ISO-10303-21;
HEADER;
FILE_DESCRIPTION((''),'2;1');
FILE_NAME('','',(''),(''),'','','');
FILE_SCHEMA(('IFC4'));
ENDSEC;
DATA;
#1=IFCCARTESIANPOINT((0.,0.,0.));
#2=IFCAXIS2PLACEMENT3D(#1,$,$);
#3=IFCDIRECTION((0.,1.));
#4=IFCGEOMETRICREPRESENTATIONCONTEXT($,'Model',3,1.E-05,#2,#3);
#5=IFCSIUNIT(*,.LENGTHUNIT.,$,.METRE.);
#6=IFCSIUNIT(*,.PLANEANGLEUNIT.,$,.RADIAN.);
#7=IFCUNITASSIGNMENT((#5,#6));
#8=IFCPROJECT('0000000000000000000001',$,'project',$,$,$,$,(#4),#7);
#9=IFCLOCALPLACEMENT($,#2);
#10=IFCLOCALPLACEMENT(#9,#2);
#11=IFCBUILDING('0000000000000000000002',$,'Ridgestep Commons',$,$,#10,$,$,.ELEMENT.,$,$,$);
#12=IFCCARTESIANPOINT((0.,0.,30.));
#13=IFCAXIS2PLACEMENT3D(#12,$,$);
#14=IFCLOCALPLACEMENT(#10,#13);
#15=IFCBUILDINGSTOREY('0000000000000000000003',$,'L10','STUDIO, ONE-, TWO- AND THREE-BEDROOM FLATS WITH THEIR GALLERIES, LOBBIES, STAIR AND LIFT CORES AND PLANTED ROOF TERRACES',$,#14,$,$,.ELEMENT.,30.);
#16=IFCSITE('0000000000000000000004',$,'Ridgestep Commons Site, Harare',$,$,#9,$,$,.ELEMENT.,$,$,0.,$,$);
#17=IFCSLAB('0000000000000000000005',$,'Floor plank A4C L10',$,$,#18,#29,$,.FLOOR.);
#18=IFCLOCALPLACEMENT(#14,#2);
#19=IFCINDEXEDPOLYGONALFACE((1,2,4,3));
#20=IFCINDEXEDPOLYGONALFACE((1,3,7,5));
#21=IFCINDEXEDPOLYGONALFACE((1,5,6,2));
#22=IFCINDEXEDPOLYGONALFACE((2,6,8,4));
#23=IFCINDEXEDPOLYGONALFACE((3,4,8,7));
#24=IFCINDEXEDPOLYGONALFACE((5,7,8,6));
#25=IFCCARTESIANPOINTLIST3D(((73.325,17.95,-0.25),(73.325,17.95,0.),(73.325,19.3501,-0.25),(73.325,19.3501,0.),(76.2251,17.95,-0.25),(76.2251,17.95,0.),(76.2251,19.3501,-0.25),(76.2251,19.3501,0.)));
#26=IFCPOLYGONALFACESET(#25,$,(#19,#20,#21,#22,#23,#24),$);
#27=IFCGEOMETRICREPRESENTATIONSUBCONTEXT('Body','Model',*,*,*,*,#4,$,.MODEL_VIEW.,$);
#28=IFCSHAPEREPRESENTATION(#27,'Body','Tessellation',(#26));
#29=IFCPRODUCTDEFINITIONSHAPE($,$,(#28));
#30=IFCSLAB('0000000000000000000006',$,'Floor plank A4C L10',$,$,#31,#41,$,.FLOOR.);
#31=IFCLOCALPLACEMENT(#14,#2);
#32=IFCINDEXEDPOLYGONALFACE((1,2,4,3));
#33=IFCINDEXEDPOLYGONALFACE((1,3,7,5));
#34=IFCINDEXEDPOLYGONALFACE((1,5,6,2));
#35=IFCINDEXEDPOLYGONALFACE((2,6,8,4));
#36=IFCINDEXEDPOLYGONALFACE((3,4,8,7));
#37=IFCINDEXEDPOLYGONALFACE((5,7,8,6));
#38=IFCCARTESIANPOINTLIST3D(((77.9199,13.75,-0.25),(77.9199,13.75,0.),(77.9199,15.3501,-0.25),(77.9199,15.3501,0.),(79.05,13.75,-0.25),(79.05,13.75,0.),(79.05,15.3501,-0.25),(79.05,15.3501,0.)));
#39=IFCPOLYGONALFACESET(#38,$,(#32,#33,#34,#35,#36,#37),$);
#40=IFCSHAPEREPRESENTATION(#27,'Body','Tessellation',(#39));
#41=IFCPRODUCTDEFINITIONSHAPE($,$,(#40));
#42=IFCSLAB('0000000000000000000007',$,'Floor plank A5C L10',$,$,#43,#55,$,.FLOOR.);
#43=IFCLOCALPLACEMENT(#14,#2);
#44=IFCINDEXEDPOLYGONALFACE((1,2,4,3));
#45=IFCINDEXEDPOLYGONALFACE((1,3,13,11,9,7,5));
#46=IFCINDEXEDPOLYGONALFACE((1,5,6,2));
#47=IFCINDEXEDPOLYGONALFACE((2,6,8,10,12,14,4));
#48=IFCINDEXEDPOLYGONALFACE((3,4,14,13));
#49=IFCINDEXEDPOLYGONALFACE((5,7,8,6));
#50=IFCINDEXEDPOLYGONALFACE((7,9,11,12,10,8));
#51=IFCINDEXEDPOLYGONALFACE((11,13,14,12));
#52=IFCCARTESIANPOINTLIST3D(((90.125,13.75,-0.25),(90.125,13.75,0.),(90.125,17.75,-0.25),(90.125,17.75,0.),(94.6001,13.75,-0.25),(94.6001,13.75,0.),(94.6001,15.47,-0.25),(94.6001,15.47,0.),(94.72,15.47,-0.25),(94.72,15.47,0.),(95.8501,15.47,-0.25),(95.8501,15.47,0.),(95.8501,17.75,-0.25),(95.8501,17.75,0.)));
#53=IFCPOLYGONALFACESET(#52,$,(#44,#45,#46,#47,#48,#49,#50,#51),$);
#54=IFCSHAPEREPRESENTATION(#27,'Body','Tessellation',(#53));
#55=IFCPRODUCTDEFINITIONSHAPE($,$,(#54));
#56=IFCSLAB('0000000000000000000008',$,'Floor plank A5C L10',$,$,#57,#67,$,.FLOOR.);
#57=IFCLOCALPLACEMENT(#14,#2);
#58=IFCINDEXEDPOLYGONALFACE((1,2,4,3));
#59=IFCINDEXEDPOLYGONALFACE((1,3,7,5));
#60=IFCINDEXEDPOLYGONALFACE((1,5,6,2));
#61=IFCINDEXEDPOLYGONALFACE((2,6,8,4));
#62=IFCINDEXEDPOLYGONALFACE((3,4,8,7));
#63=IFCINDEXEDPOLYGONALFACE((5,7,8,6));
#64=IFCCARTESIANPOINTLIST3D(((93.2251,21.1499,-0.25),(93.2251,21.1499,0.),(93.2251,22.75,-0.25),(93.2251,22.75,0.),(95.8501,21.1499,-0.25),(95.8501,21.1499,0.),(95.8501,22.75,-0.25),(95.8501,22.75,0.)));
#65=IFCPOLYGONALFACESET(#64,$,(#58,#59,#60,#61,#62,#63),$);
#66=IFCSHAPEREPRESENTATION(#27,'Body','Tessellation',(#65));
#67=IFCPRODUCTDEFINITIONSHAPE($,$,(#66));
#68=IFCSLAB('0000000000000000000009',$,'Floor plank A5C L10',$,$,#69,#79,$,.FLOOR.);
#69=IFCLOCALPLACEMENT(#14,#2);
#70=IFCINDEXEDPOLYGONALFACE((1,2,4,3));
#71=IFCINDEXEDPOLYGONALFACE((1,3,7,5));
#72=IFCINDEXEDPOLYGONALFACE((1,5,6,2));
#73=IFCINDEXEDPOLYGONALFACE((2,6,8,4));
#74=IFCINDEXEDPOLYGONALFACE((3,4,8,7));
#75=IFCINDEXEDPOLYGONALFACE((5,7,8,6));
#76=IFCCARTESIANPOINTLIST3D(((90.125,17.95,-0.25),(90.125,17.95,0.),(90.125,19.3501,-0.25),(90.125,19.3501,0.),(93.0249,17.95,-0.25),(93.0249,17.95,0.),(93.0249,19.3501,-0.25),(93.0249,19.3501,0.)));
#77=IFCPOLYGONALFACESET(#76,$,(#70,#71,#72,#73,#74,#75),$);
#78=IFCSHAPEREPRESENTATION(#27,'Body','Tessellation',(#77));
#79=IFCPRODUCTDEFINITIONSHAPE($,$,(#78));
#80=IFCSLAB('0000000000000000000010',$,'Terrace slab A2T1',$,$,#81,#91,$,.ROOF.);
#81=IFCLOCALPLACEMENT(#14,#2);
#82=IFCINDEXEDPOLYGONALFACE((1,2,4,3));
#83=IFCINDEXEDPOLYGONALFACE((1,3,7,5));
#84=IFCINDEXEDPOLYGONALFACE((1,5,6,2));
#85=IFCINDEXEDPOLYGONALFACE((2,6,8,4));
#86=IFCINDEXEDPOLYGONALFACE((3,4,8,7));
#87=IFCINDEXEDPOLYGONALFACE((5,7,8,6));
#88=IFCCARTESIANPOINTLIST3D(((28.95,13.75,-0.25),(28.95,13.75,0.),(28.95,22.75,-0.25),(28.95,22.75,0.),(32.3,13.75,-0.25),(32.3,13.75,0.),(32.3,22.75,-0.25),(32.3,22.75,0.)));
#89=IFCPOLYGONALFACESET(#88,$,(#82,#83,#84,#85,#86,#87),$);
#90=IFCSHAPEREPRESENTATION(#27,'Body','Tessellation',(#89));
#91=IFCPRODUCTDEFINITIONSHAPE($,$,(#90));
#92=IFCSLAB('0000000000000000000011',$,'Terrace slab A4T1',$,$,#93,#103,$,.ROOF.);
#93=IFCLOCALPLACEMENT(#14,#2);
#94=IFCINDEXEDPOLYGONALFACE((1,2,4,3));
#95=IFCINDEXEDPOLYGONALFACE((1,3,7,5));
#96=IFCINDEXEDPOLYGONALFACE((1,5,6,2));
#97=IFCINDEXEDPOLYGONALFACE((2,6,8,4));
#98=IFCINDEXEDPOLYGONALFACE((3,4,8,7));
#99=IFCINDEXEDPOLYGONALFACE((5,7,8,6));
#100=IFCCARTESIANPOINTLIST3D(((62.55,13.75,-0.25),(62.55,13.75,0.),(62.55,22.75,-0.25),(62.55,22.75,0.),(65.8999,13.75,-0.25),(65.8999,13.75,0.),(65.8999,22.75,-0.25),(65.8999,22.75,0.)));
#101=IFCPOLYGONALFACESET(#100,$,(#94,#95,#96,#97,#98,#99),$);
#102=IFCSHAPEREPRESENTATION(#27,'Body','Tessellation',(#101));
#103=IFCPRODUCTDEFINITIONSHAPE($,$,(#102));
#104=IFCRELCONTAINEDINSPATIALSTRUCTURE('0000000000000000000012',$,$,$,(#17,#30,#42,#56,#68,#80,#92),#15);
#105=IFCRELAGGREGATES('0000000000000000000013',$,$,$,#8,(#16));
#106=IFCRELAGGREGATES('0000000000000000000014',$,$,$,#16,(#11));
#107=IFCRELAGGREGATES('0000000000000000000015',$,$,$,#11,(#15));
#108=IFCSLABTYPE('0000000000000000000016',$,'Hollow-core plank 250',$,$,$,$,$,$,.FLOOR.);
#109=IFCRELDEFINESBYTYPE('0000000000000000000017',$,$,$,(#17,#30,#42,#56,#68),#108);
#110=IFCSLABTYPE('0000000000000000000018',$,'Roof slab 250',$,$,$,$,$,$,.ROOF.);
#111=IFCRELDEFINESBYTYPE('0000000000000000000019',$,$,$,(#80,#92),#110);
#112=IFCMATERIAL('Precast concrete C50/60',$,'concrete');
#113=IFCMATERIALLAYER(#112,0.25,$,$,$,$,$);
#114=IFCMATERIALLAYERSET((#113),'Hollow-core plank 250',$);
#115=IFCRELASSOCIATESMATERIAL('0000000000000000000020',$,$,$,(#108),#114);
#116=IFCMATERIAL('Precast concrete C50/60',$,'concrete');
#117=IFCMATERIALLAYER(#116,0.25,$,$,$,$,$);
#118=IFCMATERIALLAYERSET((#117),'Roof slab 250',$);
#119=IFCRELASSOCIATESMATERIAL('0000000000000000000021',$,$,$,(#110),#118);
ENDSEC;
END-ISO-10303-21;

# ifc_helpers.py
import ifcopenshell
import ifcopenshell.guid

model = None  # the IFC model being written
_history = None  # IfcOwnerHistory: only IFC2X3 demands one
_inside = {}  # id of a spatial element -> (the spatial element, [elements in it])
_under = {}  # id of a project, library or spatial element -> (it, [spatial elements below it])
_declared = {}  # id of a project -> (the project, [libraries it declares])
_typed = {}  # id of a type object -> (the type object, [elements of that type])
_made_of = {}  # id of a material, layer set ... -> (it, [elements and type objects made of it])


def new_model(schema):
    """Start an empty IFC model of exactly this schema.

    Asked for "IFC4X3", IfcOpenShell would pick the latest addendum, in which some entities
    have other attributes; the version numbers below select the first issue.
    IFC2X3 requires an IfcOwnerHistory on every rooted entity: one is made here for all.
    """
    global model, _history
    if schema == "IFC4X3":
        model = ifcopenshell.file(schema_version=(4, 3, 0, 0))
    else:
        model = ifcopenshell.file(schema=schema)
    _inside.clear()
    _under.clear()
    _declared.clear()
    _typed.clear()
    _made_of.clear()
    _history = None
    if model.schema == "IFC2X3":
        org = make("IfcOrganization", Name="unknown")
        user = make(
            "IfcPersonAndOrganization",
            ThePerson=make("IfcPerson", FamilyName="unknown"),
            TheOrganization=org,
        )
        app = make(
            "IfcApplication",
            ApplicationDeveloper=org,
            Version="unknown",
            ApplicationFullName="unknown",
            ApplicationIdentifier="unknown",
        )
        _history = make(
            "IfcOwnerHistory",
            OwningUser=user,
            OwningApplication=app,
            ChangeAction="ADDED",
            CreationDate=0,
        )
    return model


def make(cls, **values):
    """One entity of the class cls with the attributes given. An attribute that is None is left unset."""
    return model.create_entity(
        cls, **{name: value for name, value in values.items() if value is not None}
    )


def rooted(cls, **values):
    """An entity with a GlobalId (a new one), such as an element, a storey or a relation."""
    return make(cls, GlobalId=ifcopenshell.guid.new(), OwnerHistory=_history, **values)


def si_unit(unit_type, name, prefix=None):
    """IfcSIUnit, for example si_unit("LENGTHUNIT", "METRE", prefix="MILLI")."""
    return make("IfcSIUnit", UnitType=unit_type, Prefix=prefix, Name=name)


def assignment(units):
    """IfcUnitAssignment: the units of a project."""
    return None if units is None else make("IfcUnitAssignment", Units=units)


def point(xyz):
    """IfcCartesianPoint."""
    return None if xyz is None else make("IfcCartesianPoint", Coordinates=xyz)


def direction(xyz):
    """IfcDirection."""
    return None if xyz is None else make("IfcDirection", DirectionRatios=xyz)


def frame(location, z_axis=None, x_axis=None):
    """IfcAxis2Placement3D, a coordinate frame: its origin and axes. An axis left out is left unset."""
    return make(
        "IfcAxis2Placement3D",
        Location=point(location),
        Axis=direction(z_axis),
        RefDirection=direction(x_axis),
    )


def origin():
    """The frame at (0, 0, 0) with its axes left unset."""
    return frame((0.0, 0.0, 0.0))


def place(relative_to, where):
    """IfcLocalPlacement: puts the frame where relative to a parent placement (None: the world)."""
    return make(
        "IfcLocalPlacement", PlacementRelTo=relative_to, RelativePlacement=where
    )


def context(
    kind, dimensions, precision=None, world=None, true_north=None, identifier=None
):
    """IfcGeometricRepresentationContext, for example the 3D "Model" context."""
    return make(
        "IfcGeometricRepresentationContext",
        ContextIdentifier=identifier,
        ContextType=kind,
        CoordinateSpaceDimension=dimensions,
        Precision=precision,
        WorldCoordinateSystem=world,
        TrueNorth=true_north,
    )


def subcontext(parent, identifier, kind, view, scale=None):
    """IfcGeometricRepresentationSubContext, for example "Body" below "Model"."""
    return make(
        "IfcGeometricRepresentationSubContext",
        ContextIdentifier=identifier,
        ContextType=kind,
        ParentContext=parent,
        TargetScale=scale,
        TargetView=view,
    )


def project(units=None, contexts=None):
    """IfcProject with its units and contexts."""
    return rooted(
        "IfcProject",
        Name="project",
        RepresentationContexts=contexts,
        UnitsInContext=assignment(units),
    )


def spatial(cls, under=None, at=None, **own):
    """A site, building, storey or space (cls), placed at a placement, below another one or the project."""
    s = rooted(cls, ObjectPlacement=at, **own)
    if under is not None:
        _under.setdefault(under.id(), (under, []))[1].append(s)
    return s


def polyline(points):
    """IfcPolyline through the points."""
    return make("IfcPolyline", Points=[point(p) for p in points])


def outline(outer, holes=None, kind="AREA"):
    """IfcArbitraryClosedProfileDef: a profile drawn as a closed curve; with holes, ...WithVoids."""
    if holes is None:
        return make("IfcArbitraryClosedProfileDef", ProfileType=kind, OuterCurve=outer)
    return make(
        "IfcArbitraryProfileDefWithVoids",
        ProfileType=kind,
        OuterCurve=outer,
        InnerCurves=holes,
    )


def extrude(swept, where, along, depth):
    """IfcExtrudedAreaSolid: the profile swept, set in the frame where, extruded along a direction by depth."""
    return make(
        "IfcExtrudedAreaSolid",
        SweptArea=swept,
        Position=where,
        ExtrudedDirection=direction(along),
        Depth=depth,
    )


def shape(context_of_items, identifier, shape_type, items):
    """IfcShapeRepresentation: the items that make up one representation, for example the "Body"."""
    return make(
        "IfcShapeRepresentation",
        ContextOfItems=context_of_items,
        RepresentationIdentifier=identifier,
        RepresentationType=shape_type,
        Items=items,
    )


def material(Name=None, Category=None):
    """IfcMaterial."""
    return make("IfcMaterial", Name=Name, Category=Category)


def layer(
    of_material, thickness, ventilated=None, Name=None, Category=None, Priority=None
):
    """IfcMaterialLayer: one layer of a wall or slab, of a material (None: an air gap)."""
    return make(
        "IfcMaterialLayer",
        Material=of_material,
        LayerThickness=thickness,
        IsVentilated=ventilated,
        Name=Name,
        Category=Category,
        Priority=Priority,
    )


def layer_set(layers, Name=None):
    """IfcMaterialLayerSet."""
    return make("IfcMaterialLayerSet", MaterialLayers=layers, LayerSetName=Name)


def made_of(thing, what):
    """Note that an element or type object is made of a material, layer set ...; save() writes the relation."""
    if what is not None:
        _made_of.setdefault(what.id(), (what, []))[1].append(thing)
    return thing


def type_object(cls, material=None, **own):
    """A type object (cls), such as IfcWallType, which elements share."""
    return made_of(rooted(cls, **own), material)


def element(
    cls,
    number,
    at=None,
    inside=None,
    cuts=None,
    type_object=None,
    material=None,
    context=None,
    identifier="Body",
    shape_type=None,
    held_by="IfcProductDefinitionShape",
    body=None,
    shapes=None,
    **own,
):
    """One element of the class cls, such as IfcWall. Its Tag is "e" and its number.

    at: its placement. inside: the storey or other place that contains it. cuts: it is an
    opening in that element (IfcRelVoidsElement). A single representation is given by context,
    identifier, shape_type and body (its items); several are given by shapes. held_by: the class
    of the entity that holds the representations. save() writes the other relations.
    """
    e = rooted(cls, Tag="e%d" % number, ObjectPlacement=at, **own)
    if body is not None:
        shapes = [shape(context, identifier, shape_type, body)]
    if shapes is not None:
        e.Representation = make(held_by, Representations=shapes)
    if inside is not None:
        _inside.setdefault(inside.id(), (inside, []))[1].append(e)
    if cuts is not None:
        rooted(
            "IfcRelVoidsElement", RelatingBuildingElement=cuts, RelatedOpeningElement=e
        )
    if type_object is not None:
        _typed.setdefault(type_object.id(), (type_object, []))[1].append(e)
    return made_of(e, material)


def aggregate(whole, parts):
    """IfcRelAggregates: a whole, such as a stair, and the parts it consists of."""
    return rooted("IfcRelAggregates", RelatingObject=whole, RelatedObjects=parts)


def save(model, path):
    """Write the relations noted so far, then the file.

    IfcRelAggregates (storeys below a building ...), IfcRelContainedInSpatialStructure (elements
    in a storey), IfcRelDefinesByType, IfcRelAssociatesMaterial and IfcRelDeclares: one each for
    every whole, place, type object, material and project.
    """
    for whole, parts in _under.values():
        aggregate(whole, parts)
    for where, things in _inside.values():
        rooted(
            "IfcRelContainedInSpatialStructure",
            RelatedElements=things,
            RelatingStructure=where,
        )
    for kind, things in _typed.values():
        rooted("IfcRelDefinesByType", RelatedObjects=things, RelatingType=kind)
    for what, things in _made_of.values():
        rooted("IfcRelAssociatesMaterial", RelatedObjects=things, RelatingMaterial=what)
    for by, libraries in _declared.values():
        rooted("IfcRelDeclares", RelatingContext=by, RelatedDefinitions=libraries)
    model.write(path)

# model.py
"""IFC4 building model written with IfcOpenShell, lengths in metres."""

from ifc_helpers import new_model, si_unit, direction, frame, origin, place, context, subcontext, project, spatial, polyline, outline, extrude, material, layer, layer_set, type_object, element, save


model = new_model("IFC4")

# Units and contexts
model_context = context("Model", 3, precision=1e-05, world=origin(), true_north=direction((0.0, 1.0)))
body_context = subcontext(model_context, "Body", "Model", "MODEL_VIEW")
ifc_project = project(units=[si_unit("LENGTHUNIT", "METRE"), si_unit("PLANEANGLEUNIT", "RADIAN")], contexts=[model_context])

# Site, building, storey
site_placement = place(None, origin())
site = spatial("IfcSite", under=ifc_project, at=site_placement, Name="Ridgestep Commons Site, Harare", CompositionType="ELEMENT", RefElevation=0.0)
building_placement = place(site_placement, origin())
building = spatial("IfcBuilding", under=site, at=building_placement, Name="Ridgestep Commons", CompositionType="ELEMENT")
storey_placement = place(building_placement, frame((0.0, 0.0, 30.0)))
storey = spatial("IfcBuildingStorey", under=building, at=storey_placement, Name="L10", Description="STUDIO, ONE-, TWO- AND THREE-BEDROOM FLATS WITH THEIR GALLERIES, LOBBIES, STAIR AND LIFT CORES AND PLANTED ROOF TERRACES", CompositionType="ELEMENT", Elevation=30.0)

# Slabs
ifc_material_1 = material(Name="Precast concrete C50/60", Category="concrete")
ifc_layer_1 = layer(ifc_material_1, 0.25)
ifc_layer_set_1 = layer_set([ifc_layer_1], Name="Hollow-core plank 250")
slab_type_1 = type_object("IfcSlabType", Name="Hollow-core plank 250", PredefinedType="FLOOR", material=ifc_layer_set_1)
slab_1_placement = place(storey_placement, frame((0.0, 0.0, -0.25)))
element("IfcSlab", 1, at=slab_1_placement, inside=storey, type_object=slab_type_1, Name="Floor plank A4C L10", PredefinedType="FLOOR", context=body_context, shape_type="SweptSolid", body=[
    extrude(outline(polyline([(76.2251, 17.95), (76.2251, 19.3501), (73.325, 19.3501), (73.325, 17.95), (76.2251, 17.95)])), origin(), (0.0, 0.0, 1.0), 0.25),
])
slab_2_placement = place(storey_placement, frame((0.0, 0.0, -0.25)))
element("IfcSlab", 2, at=slab_2_placement, inside=storey, type_object=slab_type_1, Name="Floor plank A4C L10", PredefinedType="FLOOR", context=body_context, shape_type="SweptSolid", body=[
    extrude(outline(polyline([(77.9199, 13.75), (79.05, 13.75), (79.05, 15.3501), (77.9199, 15.3501), (77.9199, 13.75)])), origin(), (0.0, 0.0, 1.0), 0.25),
])
slab_3_placement = place(storey_placement, frame((0.0, 0.0, -0.25)))
element("IfcSlab", 3, at=slab_3_placement, inside=storey, type_object=slab_type_1, Name="Floor plank A5C L10", PredefinedType="FLOOR", context=body_context, shape_type="SweptSolid", body=[
    extrude(outline(polyline([(94.72, 15.47), (95.8501, 15.47), (95.8501, 17.75), (90.125, 17.75), (90.125, 13.75), (94.6001, 13.75), (94.6001, 15.47), (94.72, 15.47)])), origin(), (0.0, 0.0, 1.0), 0.25),
])
slab_4_placement = place(storey_placement, frame((0.0, 0.0, -0.25)))
element("IfcSlab", 4, at=slab_4_placement, inside=storey, type_object=slab_type_1, Name="Floor plank A5C L10", PredefinedType="FLOOR", context=body_context, shape_type="SweptSolid", body=[
    extrude(outline(polyline([(95.8501, 21.1499), (95.8501, 22.75), (93.2251, 22.75), (93.2251, 21.1499), (95.8501, 21.1499)])), origin(), (0.0, 0.0, 1.0), 0.25),
])
slab_5_placement = place(storey_placement, frame((0.0, 0.0, -0.25)))
element("IfcSlab", 5, at=slab_5_placement, inside=storey, type_object=slab_type_1, Name="Floor plank A5C L10", PredefinedType="FLOOR", context=body_context, shape_type="SweptSolid", body=[
    extrude(outline(polyline([(93.0249, 17.95), (93.0249, 19.3501), (90.125, 19.3501), (90.125, 17.95), (93.0249, 17.95)])), origin(), (0.0, 0.0, 1.0), 0.25),
])
ifc_material_2 = material(Name="Precast concrete C50/60", Category="concrete")
ifc_layer_2 = layer(ifc_material_2, 0.25)
ifc_layer_set_2 = layer_set([ifc_layer_2], Name="Roof slab 250")
slab_type_2 = type_object("IfcSlabType", Name="Roof slab 250", PredefinedType="ROOF", material=ifc_layer_set_2)
slab_6_placement = place(storey_placement, frame((0.0, 0.0, -0.25)))
element("IfcSlab", 6, at=slab_6_placement, inside=storey, type_object=slab_type_2, Name="Terrace slab A2T1", PredefinedType="ROOF", context=body_context, shape_type="SweptSolid", body=[
    extrude(outline(polyline([(32.3, 13.75), (32.3, 22.75), (28.95, 22.75), (28.95, 13.75), (32.3, 13.75)])), origin(), (0.0, 0.0, 1.0), 0.25),
])
slab_7_placement = place(storey_placement, frame((0.0, 0.0, -0.25)))
element("IfcSlab", 7, at=slab_7_placement, inside=storey, type_object=slab_type_2, Name="Terrace slab A4T1", PredefinedType="ROOF", context=body_context, shape_type="SweptSolid", body=[
    extrude(outline(polyline([(65.8999, 13.75), (65.8999, 22.75), (62.55, 22.75), (62.55, 13.75), (65.8999, 13.75)])), origin(), (0.0, 0.0, 1.0), 0.25),
])

save(model, "model.ifc")
